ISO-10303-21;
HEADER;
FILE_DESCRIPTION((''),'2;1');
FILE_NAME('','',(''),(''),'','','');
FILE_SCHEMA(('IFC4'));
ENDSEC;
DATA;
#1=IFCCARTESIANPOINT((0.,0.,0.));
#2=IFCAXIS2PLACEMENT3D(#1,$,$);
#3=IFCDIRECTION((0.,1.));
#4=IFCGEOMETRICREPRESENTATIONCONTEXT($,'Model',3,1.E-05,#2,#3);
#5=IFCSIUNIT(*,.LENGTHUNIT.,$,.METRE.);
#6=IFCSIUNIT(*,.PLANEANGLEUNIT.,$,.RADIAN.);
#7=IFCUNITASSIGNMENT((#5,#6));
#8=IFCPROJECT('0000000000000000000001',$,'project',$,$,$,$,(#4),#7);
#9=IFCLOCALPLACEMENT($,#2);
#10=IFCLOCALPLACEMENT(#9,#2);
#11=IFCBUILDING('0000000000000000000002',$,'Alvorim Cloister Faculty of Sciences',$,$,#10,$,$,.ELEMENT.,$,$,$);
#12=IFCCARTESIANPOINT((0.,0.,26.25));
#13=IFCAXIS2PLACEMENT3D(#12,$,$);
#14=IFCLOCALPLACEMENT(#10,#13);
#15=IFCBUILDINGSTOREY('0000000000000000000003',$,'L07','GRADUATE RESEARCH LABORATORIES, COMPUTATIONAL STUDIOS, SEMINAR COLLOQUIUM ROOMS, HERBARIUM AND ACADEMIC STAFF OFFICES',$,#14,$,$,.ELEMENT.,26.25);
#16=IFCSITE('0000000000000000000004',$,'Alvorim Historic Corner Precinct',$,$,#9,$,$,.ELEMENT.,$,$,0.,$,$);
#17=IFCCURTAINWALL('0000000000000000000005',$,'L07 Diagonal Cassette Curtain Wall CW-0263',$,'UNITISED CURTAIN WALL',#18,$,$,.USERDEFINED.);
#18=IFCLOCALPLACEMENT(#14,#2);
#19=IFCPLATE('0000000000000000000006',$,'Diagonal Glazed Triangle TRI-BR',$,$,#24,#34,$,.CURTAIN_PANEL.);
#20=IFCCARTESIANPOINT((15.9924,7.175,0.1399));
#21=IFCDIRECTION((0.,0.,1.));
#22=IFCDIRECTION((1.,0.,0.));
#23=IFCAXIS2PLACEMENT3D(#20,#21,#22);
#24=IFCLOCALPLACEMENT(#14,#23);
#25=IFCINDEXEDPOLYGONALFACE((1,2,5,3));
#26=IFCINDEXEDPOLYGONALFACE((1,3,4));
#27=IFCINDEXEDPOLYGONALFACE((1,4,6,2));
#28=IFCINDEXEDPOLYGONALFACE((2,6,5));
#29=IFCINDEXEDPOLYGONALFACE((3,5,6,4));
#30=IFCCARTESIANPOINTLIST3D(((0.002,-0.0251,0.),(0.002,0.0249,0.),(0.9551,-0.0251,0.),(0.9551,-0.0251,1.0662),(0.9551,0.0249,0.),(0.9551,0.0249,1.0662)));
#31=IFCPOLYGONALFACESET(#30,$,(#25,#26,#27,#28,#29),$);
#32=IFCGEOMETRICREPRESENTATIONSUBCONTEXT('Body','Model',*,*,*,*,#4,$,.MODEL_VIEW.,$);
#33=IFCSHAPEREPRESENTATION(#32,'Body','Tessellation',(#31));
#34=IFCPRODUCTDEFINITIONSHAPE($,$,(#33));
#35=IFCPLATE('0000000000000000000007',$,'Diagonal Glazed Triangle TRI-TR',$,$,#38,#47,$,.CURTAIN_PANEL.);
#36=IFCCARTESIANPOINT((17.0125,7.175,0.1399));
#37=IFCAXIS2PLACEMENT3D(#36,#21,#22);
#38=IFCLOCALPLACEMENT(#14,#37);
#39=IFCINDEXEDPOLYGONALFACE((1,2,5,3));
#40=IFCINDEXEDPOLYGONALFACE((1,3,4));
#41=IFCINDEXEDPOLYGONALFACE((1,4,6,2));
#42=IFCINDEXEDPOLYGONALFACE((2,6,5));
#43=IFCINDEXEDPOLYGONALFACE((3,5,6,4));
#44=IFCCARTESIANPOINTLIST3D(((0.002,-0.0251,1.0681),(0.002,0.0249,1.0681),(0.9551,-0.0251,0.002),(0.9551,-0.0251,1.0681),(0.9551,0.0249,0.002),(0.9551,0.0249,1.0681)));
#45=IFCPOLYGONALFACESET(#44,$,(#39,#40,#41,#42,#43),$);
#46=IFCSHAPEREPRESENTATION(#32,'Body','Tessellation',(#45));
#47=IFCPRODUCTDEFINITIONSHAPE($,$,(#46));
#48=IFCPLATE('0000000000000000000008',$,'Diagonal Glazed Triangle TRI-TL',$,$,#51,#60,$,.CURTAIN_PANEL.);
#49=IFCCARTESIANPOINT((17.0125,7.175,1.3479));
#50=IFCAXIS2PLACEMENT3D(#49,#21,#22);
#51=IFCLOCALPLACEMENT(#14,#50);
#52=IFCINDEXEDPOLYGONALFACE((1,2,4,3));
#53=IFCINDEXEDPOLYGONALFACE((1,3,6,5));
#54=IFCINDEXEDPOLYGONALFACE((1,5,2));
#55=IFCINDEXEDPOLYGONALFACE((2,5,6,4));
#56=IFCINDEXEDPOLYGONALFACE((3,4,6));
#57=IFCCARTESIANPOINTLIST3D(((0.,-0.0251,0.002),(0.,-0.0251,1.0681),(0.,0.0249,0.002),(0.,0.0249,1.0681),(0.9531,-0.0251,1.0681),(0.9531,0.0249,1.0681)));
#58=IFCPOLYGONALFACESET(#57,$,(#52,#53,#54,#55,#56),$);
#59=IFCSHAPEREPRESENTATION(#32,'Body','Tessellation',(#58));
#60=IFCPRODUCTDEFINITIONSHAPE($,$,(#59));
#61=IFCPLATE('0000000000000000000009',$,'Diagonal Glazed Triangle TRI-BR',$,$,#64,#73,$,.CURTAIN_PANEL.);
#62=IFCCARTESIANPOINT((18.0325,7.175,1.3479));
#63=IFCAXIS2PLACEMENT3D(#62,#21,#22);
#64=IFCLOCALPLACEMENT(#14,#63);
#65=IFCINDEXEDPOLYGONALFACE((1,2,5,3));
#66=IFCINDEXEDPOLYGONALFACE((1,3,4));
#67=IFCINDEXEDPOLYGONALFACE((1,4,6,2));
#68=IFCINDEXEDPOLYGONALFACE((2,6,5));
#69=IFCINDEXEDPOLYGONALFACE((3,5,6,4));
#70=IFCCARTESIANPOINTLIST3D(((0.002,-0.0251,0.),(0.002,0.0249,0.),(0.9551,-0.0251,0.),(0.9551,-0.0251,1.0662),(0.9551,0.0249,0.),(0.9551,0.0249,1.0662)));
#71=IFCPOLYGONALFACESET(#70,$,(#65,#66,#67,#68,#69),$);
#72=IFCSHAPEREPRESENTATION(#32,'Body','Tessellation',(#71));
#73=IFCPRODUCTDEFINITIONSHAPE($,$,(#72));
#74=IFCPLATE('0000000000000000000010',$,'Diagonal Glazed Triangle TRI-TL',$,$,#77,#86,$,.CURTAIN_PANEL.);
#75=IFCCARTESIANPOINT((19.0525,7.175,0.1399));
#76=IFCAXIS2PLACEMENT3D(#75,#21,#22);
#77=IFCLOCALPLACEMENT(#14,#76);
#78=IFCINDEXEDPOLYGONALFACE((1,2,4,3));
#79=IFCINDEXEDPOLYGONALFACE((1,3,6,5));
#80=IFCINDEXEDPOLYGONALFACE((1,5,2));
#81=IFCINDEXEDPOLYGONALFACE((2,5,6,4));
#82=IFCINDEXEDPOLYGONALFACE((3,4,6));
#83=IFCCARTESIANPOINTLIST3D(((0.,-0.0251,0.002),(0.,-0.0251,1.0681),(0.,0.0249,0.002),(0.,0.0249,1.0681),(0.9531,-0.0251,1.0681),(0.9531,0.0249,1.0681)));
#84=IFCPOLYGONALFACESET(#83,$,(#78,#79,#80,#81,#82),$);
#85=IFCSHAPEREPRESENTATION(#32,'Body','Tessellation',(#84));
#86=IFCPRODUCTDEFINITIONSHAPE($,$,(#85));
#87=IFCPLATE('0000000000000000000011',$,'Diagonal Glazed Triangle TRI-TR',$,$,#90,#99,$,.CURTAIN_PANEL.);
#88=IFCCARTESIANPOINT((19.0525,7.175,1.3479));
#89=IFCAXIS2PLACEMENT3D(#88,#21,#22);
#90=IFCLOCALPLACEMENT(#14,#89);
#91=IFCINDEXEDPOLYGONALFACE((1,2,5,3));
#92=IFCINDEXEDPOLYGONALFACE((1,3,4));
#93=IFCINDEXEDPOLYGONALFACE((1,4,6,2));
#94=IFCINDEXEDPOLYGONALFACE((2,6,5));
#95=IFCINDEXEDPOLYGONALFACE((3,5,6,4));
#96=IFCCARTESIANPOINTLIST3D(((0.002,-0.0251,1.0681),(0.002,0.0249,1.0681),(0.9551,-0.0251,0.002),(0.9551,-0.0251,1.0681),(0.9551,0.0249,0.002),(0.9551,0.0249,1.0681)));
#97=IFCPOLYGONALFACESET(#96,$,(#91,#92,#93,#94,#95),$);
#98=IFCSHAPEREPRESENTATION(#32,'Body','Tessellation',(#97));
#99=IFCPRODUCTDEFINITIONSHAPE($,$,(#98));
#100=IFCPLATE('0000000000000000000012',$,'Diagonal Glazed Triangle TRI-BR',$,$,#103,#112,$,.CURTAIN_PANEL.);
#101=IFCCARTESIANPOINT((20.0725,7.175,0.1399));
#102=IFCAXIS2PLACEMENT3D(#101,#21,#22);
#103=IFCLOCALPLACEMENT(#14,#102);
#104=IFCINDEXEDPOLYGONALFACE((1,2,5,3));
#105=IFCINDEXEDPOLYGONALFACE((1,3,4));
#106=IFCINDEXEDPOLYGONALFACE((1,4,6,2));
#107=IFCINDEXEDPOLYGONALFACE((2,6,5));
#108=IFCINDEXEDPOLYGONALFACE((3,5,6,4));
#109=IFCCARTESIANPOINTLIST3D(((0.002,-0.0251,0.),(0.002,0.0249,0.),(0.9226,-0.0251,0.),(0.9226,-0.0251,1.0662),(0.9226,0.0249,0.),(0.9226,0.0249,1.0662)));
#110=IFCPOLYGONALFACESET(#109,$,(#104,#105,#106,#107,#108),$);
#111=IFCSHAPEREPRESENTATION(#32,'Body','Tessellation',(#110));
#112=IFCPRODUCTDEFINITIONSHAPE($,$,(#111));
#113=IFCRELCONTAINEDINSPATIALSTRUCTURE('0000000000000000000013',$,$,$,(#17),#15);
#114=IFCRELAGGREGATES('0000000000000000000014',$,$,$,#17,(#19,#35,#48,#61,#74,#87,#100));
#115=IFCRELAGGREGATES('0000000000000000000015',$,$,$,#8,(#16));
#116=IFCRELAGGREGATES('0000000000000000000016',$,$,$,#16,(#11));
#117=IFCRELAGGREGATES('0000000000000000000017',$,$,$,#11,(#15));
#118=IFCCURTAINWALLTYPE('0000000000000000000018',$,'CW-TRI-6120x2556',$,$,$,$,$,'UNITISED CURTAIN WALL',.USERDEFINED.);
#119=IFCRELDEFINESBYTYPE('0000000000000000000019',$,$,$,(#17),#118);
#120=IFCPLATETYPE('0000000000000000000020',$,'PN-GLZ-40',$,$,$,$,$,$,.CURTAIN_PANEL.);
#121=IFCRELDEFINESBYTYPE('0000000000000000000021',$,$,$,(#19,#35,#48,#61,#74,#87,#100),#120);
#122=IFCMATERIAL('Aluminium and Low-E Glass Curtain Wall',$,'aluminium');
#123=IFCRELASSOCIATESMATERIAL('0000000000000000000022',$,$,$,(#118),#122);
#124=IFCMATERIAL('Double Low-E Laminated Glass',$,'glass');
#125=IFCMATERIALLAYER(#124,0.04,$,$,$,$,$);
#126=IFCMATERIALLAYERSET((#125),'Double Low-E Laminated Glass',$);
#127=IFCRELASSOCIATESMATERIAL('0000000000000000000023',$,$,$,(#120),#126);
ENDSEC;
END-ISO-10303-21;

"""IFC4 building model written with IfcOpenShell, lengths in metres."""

from ifc_helpers import new_model, si_unit, direction, frame, origin, place, context, subcontext, project, spatial, polyline, outline, extrude, material, layer, layer_set, type_object, element, aggregate, save


model = new_model("IFC4")

# Units and contexts
model_context = context("Model", 3, precision=1e-05, world=origin(), true_north=direction((0.0, 1.0)))
body_context = subcontext(model_context, "Body", "Model", "MODEL_VIEW")
ifc_project = project(units=[si_unit("LENGTHUNIT", "METRE"), si_unit("PLANEANGLEUNIT", "RADIAN")], contexts=[model_context])

# Site, building, storey
site_placement = place(None, origin())
site = spatial("IfcSite", under=ifc_project, at=site_placement, Name="Alvorim Historic Corner Precinct", CompositionType="ELEMENT", RefElevation=0.0)
building_placement = place(site_placement, origin())
building = spatial("IfcBuilding", under=site, at=building_placement, Name="Alvorim Cloister Faculty of Sciences", CompositionType="ELEMENT")
storey_placement = place(building_placement, frame((0.0, 0.0, 26.25)))
storey = spatial("IfcBuildingStorey", under=building, at=storey_placement, Name="L07", Description="GRADUATE RESEARCH LABORATORIES, COMPUTATIONAL STUDIOS, SEMINAR COLLOQUIUM ROOMS, HERBARIUM AND ACADEMIC STAFF OFFICES", CompositionType="ELEMENT", Elevation=26.25)

# Curtain wall, plates
ifc_material_1 = material(Name="Aluminium and Low-E Glass Curtain Wall", Category="aluminium")
curtain_wall_type = type_object("IfcCurtainWallType", Name="CW-TRI-6120x2556", ElementType="UNITISED CURTAIN WALL", PredefinedType="USERDEFINED", material=ifc_material_1)
curtain_wall_placement = place(storey_placement, origin())
curtain_wall = element("IfcCurtainWall", 1, at=curtain_wall_placement, inside=storey, type_object=curtain_wall_type, Name="L07 Diagonal Cassette Curtain Wall CW-0263", ObjectType="UNITISED CURTAIN WALL", PredefinedType="USERDEFINED")
ifc_material_2 = material(Name="Double Low-E Laminated Glass", Category="glass")
ifc_layer = layer(ifc_material_2, 0.04)
ifc_layer_set = layer_set([ifc_layer], Name="Double Low-E Laminated Glass")
plate_type = type_object("IfcPlateType", Name="PN-GLZ-40", PredefinedType="CURTAIN_PANEL", material=ifc_layer_set)
plate_1_placement = place(storey_placement, frame((15.9924, 7.175, 0.1399), z_axis=(0.0, 0.0, 1.0), x_axis=(1.0, 0.0, 0.0)))
plate_1 = element("IfcPlate", 2, at=plate_1_placement, type_object=plate_type, Name="Diagonal Glazed Triangle TRI-BR", PredefinedType="CURTAIN_PANEL", context=body_context, shape_type="SweptSolid", body=[
    extrude(outline(polyline([(0.002, 0.0), (0.9551, 0.0), (0.9551, 1.0662), (0.002, 0.0)])), frame((0.0, 0.0249, 0.0), z_axis=(0.0, -1.0, 0.0), x_axis=(1.0, 0.0, 0.0)), (0.0, 0.0, 1.0), 0.05),
])
plate_2_placement = place(storey_placement, frame((17.0125, 7.175, 0.1399), z_axis=(0.0, 0.0, 1.0), x_axis=(1.0, 0.0, 0.0)))
plate_2 = element("IfcPlate", 3, at=plate_2_placement, type_object=plate_type, Name="Diagonal Glazed Triangle TRI-TR", PredefinedType="CURTAIN_PANEL", context=body_context, shape_type="SweptSolid", body=[
    extrude(outline(polyline([(0.9551, 0.002), (0.9551, 1.0681), (0.002, 1.0681), (0.9551, 0.002)])), frame((0.0, 0.0249, 0.0), z_axis=(0.0, -1.0, 0.0), x_axis=(1.0, 0.0, 0.0)), (0.0, 0.0, 1.0), 0.05),
])
plate_3_placement = place(storey_placement, frame((17.0125, 7.175, 1.3479), z_axis=(0.0, 0.0, 1.0), x_axis=(1.0, 0.0, 0.0)))
plate_3 = element("IfcPlate", 4, at=plate_3_placement, type_object=plate_type, Name="Diagonal Glazed Triangle TRI-TL", PredefinedType="CURTAIN_PANEL", context=body_context, shape_type="SweptSolid", body=[
    extrude(outline(polyline([(0.9531, 1.0681), (0.0, 1.0681), (0.0, 0.002), (0.9531, 1.0681)])), frame((0.0, 0.0249, 0.0), z_axis=(0.0, -1.0, 0.0), x_axis=(1.0, 0.0, 0.0)), (0.0, 0.0, 1.0), 0.05),
])
plate_4_placement = place(storey_placement, frame((18.0325, 7.175, 1.3479), z_axis=(0.0, 0.0, 1.0), x_axis=(1.0, 0.0, 0.0)))
plate_4 = element("IfcPlate", 5, at=plate_4_placement, type_object=plate_type, Name="Diagonal Glazed Triangle TRI-BR", PredefinedType="CURTAIN_PANEL", context=body_context, shape_type="SweptSolid", body=[
    extrude(outline(polyline([(0.002, 0.0), (0.9551, 0.0), (0.9551, 1.0662), (0.002, 0.0)])), frame((0.0, 0.0249, 0.0), z_axis=(0.0, -1.0, 0.0), x_axis=(1.0, 0.0, 0.0)), (0.0, 0.0, 1.0), 0.05),
])
plate_5_placement = place(storey_placement, frame((19.0525, 7.175, 0.1399), z_axis=(0.0, 0.0, 1.0), x_axis=(1.0, 0.0, 0.0)))
plate_5 = element("IfcPlate", 6, at=plate_5_placement, type_object=plate_type, Name="Diagonal Glazed Triangle TRI-TL", PredefinedType="CURTAIN_PANEL", context=body_context, shape_type="SweptSolid", body=[
    extrude(outline(polyline([(0.9531, 1.0681), (0.0, 1.0681), (0.0, 0.002), (0.9531, 1.0681)])), frame((0.0, 0.0249, 0.0), z_axis=(0.0, -1.0, 0.0), x_axis=(1.0, 0.0, 0.0)), (0.0, 0.0, 1.0), 0.05),
])
plate_6_placement = place(storey_placement, frame((19.0525, 7.175, 1.3479), z_axis=(0.0, 0.0, 1.0), x_axis=(1.0, 0.0, 0.0)))
plate_6 = element("IfcPlate", 7, at=plate_6_placement, type_object=plate_type, Name="Diagonal Glazed Triangle TRI-TR", PredefinedType="CURTAIN_PANEL", context=body_context, shape_type="SweptSolid", body=[
    extrude(outline(polyline([(0.9551, 0.002), (0.9551, 1.0681), (0.002, 1.0681), (0.9551, 0.002)])), frame((0.0, 0.0249, 0.0), z_axis=(0.0, -1.0, 0.0), x_axis=(1.0, 0.0, 0.0)), (0.0, 0.0, 1.0), 0.05),
])
plate_7_placement = place(storey_placement, frame((20.0725, 7.175, 0.1399), z_axis=(0.0, 0.0, 1.0), x_axis=(1.0, 0.0, 0.0)))
plate_7 = element("IfcPlate", 8, at=plate_7_placement, type_object=plate_type, Name="Diagonal Glazed Triangle TRI-BR", PredefinedType="CURTAIN_PANEL", context=body_context, shape_type="SweptSolid", body=[
    extrude(outline(polyline([(0.002, 0.0), (0.9226, 0.0), (0.9226, 1.0662), (0.002, 0.0)])), frame((0.0, 0.0249, 0.0), z_axis=(0.0, -1.0, 0.0), x_axis=(1.0, 0.0, 0.0)), (0.0, 0.0, 1.0), 0.05),
])
aggregate(curtain_wall, [plate_1, plate_2, plate_3, plate_4, plate_5, plate_6, plate_7])

save(model, "model.ifc")
